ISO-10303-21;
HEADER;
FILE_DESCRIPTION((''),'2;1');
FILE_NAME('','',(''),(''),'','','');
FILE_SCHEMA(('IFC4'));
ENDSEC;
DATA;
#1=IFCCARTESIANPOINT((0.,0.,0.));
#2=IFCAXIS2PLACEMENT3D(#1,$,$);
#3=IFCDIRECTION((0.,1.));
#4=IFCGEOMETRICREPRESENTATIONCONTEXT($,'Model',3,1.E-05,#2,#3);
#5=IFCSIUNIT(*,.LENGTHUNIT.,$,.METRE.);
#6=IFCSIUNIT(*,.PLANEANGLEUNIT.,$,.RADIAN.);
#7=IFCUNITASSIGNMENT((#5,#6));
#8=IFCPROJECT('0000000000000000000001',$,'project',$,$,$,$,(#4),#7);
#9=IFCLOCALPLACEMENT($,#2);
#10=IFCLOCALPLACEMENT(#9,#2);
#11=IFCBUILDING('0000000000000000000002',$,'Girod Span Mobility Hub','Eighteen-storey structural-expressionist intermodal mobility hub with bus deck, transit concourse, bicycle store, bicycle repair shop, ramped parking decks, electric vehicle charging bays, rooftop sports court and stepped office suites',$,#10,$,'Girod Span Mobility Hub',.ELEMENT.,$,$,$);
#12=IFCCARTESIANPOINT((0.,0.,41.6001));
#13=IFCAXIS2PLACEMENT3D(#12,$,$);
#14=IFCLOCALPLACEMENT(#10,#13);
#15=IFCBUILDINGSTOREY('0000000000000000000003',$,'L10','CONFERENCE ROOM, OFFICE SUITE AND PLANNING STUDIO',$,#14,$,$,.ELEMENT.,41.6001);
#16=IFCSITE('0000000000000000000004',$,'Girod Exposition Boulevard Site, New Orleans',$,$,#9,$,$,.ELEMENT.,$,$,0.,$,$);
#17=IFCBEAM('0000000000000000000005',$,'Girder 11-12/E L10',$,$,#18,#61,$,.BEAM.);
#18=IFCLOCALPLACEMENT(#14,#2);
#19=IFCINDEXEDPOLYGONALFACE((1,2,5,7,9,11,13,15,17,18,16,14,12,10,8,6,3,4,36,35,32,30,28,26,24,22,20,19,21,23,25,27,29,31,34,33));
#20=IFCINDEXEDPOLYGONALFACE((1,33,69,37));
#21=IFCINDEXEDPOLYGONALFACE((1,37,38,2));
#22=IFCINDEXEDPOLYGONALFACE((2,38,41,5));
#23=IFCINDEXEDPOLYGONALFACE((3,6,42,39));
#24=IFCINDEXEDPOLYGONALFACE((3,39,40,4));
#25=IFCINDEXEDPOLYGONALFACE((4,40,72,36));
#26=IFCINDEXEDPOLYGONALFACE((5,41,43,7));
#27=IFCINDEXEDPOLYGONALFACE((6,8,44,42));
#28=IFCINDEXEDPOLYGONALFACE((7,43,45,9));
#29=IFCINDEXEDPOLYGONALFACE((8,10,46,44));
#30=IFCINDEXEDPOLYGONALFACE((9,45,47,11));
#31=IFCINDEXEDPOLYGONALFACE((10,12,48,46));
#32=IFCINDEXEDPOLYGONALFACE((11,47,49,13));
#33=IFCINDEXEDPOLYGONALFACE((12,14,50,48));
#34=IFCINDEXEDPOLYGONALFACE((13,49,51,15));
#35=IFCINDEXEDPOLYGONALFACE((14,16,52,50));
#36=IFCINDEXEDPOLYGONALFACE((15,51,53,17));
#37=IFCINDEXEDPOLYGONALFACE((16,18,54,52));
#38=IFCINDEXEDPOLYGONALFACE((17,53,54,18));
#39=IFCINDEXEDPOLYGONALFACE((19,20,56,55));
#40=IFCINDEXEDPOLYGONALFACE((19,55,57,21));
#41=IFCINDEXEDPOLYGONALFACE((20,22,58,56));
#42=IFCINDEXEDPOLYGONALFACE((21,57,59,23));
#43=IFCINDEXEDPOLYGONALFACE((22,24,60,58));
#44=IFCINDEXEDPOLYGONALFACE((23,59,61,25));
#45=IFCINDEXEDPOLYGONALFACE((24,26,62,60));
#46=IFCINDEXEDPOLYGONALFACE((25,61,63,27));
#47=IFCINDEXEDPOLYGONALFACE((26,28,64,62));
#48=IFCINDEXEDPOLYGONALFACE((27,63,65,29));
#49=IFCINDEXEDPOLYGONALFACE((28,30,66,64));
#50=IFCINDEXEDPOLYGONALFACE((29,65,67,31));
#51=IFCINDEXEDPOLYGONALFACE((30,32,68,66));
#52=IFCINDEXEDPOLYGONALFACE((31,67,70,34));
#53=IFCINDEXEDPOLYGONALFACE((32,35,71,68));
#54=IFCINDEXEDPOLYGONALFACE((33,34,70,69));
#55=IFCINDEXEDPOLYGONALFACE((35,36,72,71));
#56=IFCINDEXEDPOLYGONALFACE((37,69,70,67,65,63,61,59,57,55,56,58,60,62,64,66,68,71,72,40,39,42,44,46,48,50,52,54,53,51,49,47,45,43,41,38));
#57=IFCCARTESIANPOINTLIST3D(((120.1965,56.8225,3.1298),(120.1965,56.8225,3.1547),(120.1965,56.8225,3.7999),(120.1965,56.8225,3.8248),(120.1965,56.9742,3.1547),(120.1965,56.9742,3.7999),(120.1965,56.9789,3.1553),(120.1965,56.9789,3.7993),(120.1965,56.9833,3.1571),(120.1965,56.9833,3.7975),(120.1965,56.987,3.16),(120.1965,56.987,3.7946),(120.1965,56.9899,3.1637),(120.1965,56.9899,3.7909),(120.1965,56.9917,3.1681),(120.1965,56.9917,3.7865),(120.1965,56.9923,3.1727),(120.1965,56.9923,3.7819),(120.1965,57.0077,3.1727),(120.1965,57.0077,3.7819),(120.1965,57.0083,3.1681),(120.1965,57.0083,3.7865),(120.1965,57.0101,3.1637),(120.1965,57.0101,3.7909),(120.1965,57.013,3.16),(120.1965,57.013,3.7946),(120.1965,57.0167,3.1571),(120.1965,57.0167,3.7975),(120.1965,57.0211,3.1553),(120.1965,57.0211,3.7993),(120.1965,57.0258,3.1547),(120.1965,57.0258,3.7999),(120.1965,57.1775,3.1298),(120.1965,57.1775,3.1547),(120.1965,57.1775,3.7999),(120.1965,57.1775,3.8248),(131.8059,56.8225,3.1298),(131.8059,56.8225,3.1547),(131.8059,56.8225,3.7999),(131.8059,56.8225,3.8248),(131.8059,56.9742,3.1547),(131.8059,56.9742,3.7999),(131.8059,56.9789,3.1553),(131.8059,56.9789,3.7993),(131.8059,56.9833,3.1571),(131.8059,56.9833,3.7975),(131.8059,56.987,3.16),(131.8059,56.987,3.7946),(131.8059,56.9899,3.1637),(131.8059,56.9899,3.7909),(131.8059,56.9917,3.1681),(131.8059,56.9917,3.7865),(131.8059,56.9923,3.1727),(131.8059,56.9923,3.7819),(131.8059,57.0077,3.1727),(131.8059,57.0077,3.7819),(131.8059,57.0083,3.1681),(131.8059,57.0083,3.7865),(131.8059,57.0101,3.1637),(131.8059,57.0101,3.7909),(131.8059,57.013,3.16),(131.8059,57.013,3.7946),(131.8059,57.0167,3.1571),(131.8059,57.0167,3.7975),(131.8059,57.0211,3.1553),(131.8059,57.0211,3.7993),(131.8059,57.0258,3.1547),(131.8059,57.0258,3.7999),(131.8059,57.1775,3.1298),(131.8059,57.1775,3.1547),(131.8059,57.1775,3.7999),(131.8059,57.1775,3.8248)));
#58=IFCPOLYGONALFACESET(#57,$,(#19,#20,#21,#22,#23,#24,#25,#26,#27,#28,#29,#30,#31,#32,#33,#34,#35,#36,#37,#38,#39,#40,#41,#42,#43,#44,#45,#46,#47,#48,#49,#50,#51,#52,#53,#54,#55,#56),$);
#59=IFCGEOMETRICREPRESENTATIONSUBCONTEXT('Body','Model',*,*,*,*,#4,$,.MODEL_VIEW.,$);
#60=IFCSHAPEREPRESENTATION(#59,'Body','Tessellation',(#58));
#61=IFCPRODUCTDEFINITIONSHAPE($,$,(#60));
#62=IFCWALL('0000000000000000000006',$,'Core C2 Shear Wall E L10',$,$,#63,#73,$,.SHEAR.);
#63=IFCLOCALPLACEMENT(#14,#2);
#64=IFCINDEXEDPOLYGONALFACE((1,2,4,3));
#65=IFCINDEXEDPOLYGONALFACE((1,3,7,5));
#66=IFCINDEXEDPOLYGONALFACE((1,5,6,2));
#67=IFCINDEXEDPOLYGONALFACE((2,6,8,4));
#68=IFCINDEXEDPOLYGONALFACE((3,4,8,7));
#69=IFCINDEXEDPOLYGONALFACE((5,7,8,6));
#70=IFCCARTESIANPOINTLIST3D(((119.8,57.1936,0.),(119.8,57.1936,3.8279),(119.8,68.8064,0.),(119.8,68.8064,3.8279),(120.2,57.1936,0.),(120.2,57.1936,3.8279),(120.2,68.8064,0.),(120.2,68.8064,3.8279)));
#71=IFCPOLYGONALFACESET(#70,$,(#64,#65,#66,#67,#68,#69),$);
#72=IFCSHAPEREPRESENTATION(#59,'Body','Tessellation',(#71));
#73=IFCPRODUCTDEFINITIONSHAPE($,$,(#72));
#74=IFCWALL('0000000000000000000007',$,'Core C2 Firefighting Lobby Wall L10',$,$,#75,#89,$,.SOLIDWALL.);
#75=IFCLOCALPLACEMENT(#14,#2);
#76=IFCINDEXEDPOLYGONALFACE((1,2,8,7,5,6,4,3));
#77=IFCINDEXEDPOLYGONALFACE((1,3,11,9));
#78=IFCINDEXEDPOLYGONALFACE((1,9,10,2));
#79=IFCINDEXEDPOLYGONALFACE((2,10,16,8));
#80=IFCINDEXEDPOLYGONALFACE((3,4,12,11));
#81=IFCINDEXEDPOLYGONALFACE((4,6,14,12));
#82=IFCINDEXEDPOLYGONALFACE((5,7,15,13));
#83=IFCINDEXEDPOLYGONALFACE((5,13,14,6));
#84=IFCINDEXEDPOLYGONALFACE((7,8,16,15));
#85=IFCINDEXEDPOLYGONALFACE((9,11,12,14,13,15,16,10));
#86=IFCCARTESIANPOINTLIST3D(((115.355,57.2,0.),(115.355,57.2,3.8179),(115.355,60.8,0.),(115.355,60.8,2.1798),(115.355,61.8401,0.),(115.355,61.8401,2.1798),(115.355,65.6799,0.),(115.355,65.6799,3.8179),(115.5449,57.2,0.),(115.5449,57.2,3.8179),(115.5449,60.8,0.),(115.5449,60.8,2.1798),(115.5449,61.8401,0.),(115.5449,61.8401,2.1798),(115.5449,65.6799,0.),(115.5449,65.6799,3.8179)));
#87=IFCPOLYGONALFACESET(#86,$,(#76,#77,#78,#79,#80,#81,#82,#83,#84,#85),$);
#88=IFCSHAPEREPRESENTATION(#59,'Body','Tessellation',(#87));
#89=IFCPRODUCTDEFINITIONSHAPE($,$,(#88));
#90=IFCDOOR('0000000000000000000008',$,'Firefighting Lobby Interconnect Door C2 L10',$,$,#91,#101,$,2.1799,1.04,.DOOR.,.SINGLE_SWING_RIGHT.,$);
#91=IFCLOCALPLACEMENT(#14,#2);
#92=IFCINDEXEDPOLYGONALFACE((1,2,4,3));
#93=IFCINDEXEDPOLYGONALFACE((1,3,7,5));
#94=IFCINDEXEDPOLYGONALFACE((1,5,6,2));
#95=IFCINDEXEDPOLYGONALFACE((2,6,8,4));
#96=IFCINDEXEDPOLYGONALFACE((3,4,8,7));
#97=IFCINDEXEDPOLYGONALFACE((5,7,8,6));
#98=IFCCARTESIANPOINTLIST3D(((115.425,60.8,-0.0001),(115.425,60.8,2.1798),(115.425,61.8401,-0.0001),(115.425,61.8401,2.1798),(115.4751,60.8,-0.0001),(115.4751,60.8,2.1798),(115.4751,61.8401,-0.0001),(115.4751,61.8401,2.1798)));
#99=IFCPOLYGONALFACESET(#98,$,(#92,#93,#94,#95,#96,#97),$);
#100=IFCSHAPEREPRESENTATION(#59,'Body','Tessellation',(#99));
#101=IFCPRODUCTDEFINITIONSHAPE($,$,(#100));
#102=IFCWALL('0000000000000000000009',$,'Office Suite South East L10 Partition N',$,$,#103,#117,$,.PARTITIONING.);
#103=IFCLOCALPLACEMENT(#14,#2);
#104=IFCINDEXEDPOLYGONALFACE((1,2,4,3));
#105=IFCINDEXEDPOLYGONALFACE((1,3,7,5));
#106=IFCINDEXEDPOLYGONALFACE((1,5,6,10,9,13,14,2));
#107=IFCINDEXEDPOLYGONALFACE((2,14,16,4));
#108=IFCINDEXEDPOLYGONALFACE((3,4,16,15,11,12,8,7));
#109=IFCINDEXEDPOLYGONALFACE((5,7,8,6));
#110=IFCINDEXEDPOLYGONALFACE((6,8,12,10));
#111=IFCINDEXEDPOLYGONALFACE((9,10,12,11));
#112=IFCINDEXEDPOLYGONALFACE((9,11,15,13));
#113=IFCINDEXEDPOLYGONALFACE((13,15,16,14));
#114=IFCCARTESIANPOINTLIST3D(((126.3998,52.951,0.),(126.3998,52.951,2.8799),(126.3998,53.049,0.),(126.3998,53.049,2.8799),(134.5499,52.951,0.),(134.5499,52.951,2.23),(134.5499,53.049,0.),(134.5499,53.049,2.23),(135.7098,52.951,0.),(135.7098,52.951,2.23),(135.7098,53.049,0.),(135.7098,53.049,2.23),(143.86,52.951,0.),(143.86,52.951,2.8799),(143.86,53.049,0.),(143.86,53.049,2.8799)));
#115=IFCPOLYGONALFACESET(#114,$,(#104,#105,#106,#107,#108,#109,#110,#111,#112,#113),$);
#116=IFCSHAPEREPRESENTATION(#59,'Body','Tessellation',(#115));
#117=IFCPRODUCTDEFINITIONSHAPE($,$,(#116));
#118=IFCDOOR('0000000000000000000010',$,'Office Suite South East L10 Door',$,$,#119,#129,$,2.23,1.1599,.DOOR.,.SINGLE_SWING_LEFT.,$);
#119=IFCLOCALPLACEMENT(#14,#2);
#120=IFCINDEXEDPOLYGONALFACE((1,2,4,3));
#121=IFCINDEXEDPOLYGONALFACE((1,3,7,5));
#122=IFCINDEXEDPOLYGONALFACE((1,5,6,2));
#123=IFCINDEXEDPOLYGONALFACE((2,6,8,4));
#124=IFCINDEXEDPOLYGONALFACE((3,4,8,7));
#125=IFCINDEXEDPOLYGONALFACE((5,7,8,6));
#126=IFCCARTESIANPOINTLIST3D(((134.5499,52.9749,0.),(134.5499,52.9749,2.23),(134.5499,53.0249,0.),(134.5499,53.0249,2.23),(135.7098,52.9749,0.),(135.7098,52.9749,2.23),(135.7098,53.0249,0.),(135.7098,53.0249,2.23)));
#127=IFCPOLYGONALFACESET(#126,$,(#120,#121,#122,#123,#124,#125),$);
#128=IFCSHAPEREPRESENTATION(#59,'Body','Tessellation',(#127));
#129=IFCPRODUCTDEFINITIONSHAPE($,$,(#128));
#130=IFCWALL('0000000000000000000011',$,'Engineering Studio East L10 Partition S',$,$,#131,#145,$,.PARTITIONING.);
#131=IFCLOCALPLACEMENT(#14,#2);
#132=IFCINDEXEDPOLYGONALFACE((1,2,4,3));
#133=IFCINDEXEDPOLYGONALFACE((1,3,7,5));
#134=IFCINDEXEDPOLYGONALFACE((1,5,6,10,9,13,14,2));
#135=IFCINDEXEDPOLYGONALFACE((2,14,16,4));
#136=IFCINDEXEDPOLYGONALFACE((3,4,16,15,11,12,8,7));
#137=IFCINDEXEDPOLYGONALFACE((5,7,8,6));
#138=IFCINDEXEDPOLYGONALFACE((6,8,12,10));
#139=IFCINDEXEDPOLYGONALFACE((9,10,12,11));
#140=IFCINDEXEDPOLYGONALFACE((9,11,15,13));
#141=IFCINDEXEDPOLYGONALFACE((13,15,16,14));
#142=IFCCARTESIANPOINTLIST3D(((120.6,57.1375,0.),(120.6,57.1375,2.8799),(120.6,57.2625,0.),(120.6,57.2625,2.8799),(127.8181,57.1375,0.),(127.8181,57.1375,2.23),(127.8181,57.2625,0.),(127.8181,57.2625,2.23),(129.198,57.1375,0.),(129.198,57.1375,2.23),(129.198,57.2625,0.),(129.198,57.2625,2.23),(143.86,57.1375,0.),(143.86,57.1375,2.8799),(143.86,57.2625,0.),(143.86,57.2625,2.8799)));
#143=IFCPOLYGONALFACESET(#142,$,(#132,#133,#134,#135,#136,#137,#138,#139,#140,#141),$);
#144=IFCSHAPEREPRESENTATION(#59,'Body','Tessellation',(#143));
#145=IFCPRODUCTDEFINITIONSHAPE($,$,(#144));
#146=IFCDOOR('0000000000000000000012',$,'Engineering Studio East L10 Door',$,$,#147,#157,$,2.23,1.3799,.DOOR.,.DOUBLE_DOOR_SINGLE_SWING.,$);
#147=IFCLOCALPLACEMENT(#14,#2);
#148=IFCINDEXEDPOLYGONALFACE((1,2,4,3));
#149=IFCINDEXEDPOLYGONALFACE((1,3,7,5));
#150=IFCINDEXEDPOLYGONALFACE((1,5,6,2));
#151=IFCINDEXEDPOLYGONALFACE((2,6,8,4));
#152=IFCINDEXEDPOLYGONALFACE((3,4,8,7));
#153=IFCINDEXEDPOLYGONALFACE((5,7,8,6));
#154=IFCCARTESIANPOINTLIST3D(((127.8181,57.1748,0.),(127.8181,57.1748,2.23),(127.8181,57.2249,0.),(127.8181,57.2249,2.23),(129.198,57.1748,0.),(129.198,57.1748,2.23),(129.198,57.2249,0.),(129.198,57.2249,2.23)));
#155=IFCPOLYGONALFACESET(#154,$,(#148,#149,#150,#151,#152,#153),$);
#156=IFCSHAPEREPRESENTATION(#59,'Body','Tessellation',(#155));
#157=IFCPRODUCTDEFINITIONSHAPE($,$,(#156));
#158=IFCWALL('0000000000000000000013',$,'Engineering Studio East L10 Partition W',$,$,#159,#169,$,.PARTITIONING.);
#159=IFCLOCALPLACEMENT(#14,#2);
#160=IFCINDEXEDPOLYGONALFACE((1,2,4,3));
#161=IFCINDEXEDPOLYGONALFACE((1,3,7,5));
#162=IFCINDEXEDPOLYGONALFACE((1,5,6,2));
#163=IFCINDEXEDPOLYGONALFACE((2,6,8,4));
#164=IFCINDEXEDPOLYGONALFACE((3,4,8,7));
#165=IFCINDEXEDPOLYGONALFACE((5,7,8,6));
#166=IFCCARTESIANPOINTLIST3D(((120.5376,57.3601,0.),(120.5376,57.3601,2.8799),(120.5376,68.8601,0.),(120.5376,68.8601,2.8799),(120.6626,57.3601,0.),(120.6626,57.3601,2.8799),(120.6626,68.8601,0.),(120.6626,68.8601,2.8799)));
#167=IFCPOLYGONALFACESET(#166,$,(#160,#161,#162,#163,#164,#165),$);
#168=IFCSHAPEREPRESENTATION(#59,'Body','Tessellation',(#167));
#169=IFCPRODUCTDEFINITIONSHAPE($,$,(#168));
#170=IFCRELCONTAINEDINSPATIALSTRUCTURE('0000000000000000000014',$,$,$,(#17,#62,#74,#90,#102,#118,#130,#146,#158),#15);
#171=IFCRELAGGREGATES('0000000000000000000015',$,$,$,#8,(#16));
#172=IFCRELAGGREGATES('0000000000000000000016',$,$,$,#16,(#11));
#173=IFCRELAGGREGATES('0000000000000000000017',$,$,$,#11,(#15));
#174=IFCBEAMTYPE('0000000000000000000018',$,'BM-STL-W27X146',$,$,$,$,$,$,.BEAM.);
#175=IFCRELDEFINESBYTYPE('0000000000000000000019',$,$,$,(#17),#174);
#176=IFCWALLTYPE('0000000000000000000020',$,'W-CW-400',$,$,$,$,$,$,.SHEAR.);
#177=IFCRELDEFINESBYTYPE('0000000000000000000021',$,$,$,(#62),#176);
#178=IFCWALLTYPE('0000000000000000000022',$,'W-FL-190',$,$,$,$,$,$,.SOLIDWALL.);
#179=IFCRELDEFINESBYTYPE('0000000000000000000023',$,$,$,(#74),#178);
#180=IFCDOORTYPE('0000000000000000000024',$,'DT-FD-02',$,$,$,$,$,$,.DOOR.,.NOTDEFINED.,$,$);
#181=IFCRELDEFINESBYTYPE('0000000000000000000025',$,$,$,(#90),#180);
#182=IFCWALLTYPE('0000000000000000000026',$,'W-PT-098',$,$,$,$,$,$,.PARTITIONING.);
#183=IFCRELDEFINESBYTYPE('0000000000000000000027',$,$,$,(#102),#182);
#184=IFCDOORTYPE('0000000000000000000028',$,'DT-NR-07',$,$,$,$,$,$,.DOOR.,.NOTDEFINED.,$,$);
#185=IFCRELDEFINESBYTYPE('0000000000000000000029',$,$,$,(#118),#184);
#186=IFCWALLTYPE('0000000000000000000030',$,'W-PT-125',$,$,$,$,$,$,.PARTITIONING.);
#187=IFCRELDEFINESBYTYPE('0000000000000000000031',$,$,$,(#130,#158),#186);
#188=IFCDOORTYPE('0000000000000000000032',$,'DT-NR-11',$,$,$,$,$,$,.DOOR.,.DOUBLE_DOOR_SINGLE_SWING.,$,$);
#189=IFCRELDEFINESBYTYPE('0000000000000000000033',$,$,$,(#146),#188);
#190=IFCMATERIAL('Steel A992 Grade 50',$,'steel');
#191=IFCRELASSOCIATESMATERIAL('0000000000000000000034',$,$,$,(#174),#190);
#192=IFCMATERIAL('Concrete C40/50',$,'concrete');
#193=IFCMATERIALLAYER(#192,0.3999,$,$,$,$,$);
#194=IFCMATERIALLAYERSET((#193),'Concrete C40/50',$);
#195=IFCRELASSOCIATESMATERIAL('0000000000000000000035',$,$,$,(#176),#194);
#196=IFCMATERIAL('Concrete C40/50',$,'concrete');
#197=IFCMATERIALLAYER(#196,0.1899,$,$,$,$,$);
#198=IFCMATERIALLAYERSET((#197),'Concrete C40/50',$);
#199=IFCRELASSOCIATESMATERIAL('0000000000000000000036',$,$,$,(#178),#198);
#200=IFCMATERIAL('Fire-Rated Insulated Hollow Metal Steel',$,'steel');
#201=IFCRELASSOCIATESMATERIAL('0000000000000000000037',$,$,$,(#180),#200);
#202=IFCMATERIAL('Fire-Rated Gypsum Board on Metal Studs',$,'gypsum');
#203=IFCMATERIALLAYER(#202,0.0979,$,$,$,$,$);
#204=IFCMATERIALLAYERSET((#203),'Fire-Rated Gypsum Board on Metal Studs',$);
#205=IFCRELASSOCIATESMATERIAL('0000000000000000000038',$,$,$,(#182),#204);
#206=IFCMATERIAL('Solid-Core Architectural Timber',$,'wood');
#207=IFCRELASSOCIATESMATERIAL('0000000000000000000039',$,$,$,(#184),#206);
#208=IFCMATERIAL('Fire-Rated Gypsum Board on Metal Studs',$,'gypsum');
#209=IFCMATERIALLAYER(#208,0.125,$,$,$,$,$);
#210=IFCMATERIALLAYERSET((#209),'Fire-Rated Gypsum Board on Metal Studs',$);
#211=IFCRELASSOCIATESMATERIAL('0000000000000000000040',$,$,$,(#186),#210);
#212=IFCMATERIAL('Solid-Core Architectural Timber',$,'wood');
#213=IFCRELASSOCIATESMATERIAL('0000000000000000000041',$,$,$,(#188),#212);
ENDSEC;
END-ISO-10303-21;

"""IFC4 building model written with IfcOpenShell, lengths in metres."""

from ifc_helpers import new_model, si_unit, direction, frame, frame_2d, origin, origin_2d, place, context, subcontext, project, spatial, rectangle, i_section, extrude, material, layer, layer_set, material_profile, profile_set, type_object, element, fill, save


model = new_model("IFC4")

# Units and contexts
model_context = context("Model", 3, precision=1e-05, world=origin(), true_north=direction((0.0, 1.0)))
body_context = subcontext(model_context, "Body", "Model", "MODEL_VIEW")
ifc_project = project(units=[si_unit("LENGTHUNIT", "METRE"), si_unit("PLANEANGLEUNIT", "RADIAN")], contexts=[model_context])

# Site, building, storey
site_placement = place(None, origin())
site = spatial("IfcSite", under=ifc_project, at=site_placement, Name="Girod Exposition Boulevard Site, New Orleans", CompositionType="ELEMENT", RefElevation=0.0)
building_placement = place(site_placement, origin())
building = spatial("IfcBuilding", under=site, at=building_placement, Name="Girod Span Mobility Hub", Description="Eighteen-storey structural-expressionist intermodal mobility hub with bus deck, transit concourse, bicycle store, bicycle repair shop, ramped parking decks, electric vehicle charging bays, rooftop sports court and stepped office suites", LongName="Girod Span Mobility Hub", CompositionType="ELEMENT")
storey_placement = place(building_placement, frame((0.0, 0.0, 41.6001)))
storey = spatial("IfcBuildingStorey", under=building, at=storey_placement, Name="L10", Description="CONFERENCE ROOM, OFFICE SUITE AND PLANNING STUDIO", CompositionType="ELEMENT", Elevation=41.6001)

# Beam
ifc_material_1 = material(Name="Steel A992 Grade 50", Category="steel")
ifc_material_profile_1 = material_profile(ifc_material_1, i_section(OverallWidth=0.355, OverallDepth=0.6951, WebThickness=0.0154, FlangeThickness=0.0249, FilletRadius=0.0181, at=origin_2d()), Name="W27X146")
ifc_profile_set_1 = profile_set([ifc_material_profile_1], Name="Steel A992 Grade 50")
beam_type_1 = type_object("IfcBeamType", Name="BM-STL-W27X146", PredefinedType="BEAM", material=ifc_profile_set_1)
beam_1_placement = place(storey_placement, frame((120.1965, 57.0, 3.4773), z_axis=(1.0, 0.0, 0.0), x_axis=(0.0, 1.0, 0.0)))
element("IfcBeam", 1, at=beam_1_placement, inside=storey, type_object=beam_type_1, Name="Girder 11-12/E L10", PredefinedType="BEAM", context=body_context, shape_type="SweptSolid", body=[
    extrude(i_section(OverallWidth=0.355, OverallDepth=0.6951, WebThickness=0.0154, FlangeThickness=0.0249, FilletRadius=0.0181, at=origin_2d()), origin(), (0.0, 0.0, 1.0), 11.6094),
])

# Wall
ifc_material_2 = material(Name="Concrete C40/50", Category="concrete")
ifc_layer_1 = layer(ifc_material_2, 0.3999)
ifc_layer_set_1 = layer_set([ifc_layer_1], Name="Concrete C40/50")
wall_type_1 = type_object("IfcWallType", Name="W-CW-400", PredefinedType="SHEAR", material=ifc_layer_set_1)
wall_1_placement = place(storey_placement, frame((120.0, 57.1936, 0.0), z_axis=(0.0, 0.0, 1.0), x_axis=(0.0, 1.0, 0.0)))
element("IfcWall", 2, at=wall_1_placement, inside=storey, type_object=wall_type_1, Name="Core C2 Shear Wall E L10", PredefinedType="SHEAR", context=body_context, shape_type="SweptSolid", body=[
    extrude(rectangle(XDim=11.6128, YDim=0.3999, at=frame_2d((5.8064, 0.0))), origin(), (0.0, 0.0, 1.0), 3.8279),
])

# Walls, openings, doors
ifc_material_3 = material(Name="Concrete C40/50", Category="concrete")
ifc_layer_2 = layer(ifc_material_3, 0.1899)
ifc_layer_set_2 = layer_set([ifc_layer_2], Name="Concrete C40/50")
wall_type_2 = type_object("IfcWallType", Name="W-FL-190", PredefinedType="SOLIDWALL", material=ifc_layer_set_2)
wall_2_placement = place(storey_placement, frame((115.45, 57.2, 0.0), z_axis=(0.0, 0.0, 1.0), x_axis=(0.0, 1.0, 0.0)))
wall_2 = element("IfcWall", 3, at=wall_2_placement, inside=storey, type_object=wall_type_2, Name="Core C2 Firefighting Lobby Wall L10", PredefinedType="SOLIDWALL", context=body_context, shape_type="SweptSolid", body=[
    extrude(rectangle(XDim=8.48, YDim=0.1899, at=frame_2d((4.24, 0.0))), origin(), (0.0, 0.0, 1.0), 3.8179),
])
opening_1_placement = place(wall_2_placement, frame((3.6001, 0.0, 0.0)))
opening_1 = element("IfcOpeningElement", 4, at=opening_1_placement, cuts=wall_2, PredefinedType="OPENING", context=body_context, shape_type="SweptSolid", body=[
    extrude(rectangle(XDim=1.04, YDim=2.1799, at=frame_2d((0.52, 1.0898))), frame((0.0, 0.1099, 0.0), z_axis=(0.0, -1.0, 0.0), x_axis=(1.0, 0.0, 0.0)), (0.0, 0.0, 1.0), 0.22),
])
ifc_material_4 = material(Name="Fire-Rated Insulated Hollow Metal Steel", Category="steel")
door_type_1 = type_object("IfcDoorType", Name="DT-FD-02", OperationType="NOTDEFINED", PredefinedType="DOOR", material=ifc_material_4)
door_1_placement = place(opening_1_placement, origin())
door_1 = element("IfcDoor", 5, at=door_1_placement, inside=storey, type_object=door_type_1, Name="Firefighting Lobby Interconnect Door C2 L10", OperationType="SINGLE_SWING_RIGHT", OverallHeight=2.1799, OverallWidth=1.04, PredefinedType="DOOR", context=body_context, shape_type="SweptSolid", body=[
    extrude(rectangle(XDim=1.04, YDim=2.1799, at=frame_2d((0.52, 1.0898))), frame((0.0, 0.0249, 0.0), z_axis=(0.0, -1.0, 0.0), x_axis=(1.0, 0.0, 0.0)), (0.0, 0.0, 1.0), 0.05),
])
fill(opening_1, door_1)
ifc_material_5 = material(Name="Fire-Rated Gypsum Board on Metal Studs", Category="gypsum")
ifc_layer_3 = layer(ifc_material_5, 0.0979)
ifc_layer_set_3 = layer_set([ifc_layer_3], Name="Fire-Rated Gypsum Board on Metal Studs")
wall_type_3 = type_object("IfcWallType", Name="W-PT-098", PredefinedType="PARTITIONING", material=ifc_layer_set_3)
wall_3_placement = place(storey_placement, frame((126.3999, 53.0, 0.0), z_axis=(0.0, 0.0, 1.0), x_axis=(1.0, 0.0, 0.0)))
wall_3 = element("IfcWall", 6, at=wall_3_placement, inside=storey, type_object=wall_type_3, Name="Office Suite South East L10 Partition N", PredefinedType="PARTITIONING", context=body_context, shape_type="SweptSolid", body=[
    extrude(rectangle(XDim=17.4602, YDim=0.0979, at=frame_2d((8.73, 0.0))), origin(), (0.0, 0.0, 1.0), 2.8799),
])
opening_2_placement = place(wall_3_placement, frame((8.1499, 0.0, 0.0)))
opening_2 = element("IfcOpeningElement", 7, at=opening_2_placement, cuts=wall_3, PredefinedType="OPENING", context=body_context, shape_type="SweptSolid", body=[
    extrude(rectangle(XDim=1.1599, YDim=2.23, at=frame_2d((0.5801, 1.115))), frame((0.0, 0.064, 0.0), z_axis=(0.0, -1.0, 0.0), x_axis=(1.0, 0.0, 0.0)), (0.0, 0.0, 1.0), 0.1279),
])
ifc_material_6 = material(Name="Solid-Core Architectural Timber", Category="wood")
door_type_2 = type_object("IfcDoorType", Name="DT-NR-07", OperationType="NOTDEFINED", PredefinedType="DOOR", material=ifc_material_6)
door_2_placement = place(opening_2_placement, origin())
door_2 = element("IfcDoor", 8, at=door_2_placement, inside=storey, type_object=door_type_2, Name="Office Suite South East L10 Door", OperationType="SINGLE_SWING_LEFT", OverallHeight=2.23, OverallWidth=1.1599, PredefinedType="DOOR", context=body_context, shape_type="SweptSolid", body=[
    extrude(rectangle(XDim=1.1599, YDim=2.23, at=frame_2d((0.5801, 1.115))), frame((0.0, 0.0249, 0.0), z_axis=(0.0, -1.0, 0.0), x_axis=(1.0, 0.0, 0.0)), (0.0, 0.0, 1.0), 0.05),
])
fill(opening_2, door_2)
ifc_material_7 = material(Name="Fire-Rated Gypsum Board on Metal Studs", Category="gypsum")
ifc_layer_4 = layer(ifc_material_7, 0.125)
ifc_layer_set_4 = layer_set([ifc_layer_4], Name="Fire-Rated Gypsum Board on Metal Studs")
wall_type_4 = type_object("IfcWallType", Name="W-PT-125", PredefinedType="PARTITIONING", material=ifc_layer_set_4)
wall_4_placement = place(storey_placement, frame((120.6001, 57.2, 0.0), z_axis=(0.0, 0.0, 1.0), x_axis=(1.0, 0.0, 0.0)))
wall_4 = element("IfcWall", 9, at=wall_4_placement, inside=storey, type_object=wall_type_4, Name="Engineering Studio East L10 Partition S", PredefinedType="PARTITIONING", context=body_context, shape_type="SweptSolid", body=[
    extrude(rectangle(XDim=23.26, YDim=0.125, at=frame_2d((11.6299, 0.0))), origin(), (0.0, 0.0, 1.0), 2.8799),
])
opening_3_placement = place(wall_4_placement, frame((7.218, 0.0, 0.0)))
opening_3 = element("IfcOpeningElement", 10, at=opening_3_placement, cuts=wall_4, PredefinedType="OPENING", context=body_context, shape_type="SweptSolid", body=[
    extrude(rectangle(XDim=1.3799, YDim=2.23, at=frame_2d((0.6899, 1.115))), frame((0.0, 0.0774, 0.0), z_axis=(0.0, -1.0, 0.0), x_axis=(1.0, 0.0, 0.0)), (0.0, 0.0, 1.0), 0.155),
])
ifc_material_8 = material(Name="Solid-Core Architectural Timber", Category="wood")
door_type_3 = type_object("IfcDoorType", Name="DT-NR-11", OperationType="DOUBLE_DOOR_SINGLE_SWING", PredefinedType="DOOR", material=ifc_material_8)
door_3_placement = place(opening_3_placement, origin())
door_3 = element("IfcDoor", 11, at=door_3_placement, inside=storey, type_object=door_type_3, Name="Engineering Studio East L10 Door", OperationType="DOUBLE_DOOR_SINGLE_SWING", OverallHeight=2.23, OverallWidth=1.3799, PredefinedType="DOOR", context=body_context, shape_type="SweptSolid", body=[
    extrude(rectangle(XDim=1.3799, YDim=2.23, at=frame_2d((0.6899, 1.115))), frame((0.0, 0.0249, 0.0), z_axis=(0.0, -1.0, 0.0), x_axis=(1.0, 0.0, 0.0)), (0.0, 0.0, 1.0), 0.05),
])
fill(opening_3, door_3)

# Wall
wall_5_placement = place(storey_placement, frame((120.6001, 57.3601, 0.0), z_axis=(0.0, 0.0, 1.0), x_axis=(0.0, 1.0, 0.0)))
element("IfcWall", 12, at=wall_5_placement, inside=storey, type_object=wall_type_4, Name="Engineering Studio East L10 Partition W", PredefinedType="PARTITIONING", context=body_context, shape_type="SweptSolid", body=[
    extrude(rectangle(XDim=11.5, YDim=0.125, at=frame_2d((5.75, 0.0))), origin(), (0.0, 0.0, 1.0), 2.8799),
])

save(model, "model.ifc")
